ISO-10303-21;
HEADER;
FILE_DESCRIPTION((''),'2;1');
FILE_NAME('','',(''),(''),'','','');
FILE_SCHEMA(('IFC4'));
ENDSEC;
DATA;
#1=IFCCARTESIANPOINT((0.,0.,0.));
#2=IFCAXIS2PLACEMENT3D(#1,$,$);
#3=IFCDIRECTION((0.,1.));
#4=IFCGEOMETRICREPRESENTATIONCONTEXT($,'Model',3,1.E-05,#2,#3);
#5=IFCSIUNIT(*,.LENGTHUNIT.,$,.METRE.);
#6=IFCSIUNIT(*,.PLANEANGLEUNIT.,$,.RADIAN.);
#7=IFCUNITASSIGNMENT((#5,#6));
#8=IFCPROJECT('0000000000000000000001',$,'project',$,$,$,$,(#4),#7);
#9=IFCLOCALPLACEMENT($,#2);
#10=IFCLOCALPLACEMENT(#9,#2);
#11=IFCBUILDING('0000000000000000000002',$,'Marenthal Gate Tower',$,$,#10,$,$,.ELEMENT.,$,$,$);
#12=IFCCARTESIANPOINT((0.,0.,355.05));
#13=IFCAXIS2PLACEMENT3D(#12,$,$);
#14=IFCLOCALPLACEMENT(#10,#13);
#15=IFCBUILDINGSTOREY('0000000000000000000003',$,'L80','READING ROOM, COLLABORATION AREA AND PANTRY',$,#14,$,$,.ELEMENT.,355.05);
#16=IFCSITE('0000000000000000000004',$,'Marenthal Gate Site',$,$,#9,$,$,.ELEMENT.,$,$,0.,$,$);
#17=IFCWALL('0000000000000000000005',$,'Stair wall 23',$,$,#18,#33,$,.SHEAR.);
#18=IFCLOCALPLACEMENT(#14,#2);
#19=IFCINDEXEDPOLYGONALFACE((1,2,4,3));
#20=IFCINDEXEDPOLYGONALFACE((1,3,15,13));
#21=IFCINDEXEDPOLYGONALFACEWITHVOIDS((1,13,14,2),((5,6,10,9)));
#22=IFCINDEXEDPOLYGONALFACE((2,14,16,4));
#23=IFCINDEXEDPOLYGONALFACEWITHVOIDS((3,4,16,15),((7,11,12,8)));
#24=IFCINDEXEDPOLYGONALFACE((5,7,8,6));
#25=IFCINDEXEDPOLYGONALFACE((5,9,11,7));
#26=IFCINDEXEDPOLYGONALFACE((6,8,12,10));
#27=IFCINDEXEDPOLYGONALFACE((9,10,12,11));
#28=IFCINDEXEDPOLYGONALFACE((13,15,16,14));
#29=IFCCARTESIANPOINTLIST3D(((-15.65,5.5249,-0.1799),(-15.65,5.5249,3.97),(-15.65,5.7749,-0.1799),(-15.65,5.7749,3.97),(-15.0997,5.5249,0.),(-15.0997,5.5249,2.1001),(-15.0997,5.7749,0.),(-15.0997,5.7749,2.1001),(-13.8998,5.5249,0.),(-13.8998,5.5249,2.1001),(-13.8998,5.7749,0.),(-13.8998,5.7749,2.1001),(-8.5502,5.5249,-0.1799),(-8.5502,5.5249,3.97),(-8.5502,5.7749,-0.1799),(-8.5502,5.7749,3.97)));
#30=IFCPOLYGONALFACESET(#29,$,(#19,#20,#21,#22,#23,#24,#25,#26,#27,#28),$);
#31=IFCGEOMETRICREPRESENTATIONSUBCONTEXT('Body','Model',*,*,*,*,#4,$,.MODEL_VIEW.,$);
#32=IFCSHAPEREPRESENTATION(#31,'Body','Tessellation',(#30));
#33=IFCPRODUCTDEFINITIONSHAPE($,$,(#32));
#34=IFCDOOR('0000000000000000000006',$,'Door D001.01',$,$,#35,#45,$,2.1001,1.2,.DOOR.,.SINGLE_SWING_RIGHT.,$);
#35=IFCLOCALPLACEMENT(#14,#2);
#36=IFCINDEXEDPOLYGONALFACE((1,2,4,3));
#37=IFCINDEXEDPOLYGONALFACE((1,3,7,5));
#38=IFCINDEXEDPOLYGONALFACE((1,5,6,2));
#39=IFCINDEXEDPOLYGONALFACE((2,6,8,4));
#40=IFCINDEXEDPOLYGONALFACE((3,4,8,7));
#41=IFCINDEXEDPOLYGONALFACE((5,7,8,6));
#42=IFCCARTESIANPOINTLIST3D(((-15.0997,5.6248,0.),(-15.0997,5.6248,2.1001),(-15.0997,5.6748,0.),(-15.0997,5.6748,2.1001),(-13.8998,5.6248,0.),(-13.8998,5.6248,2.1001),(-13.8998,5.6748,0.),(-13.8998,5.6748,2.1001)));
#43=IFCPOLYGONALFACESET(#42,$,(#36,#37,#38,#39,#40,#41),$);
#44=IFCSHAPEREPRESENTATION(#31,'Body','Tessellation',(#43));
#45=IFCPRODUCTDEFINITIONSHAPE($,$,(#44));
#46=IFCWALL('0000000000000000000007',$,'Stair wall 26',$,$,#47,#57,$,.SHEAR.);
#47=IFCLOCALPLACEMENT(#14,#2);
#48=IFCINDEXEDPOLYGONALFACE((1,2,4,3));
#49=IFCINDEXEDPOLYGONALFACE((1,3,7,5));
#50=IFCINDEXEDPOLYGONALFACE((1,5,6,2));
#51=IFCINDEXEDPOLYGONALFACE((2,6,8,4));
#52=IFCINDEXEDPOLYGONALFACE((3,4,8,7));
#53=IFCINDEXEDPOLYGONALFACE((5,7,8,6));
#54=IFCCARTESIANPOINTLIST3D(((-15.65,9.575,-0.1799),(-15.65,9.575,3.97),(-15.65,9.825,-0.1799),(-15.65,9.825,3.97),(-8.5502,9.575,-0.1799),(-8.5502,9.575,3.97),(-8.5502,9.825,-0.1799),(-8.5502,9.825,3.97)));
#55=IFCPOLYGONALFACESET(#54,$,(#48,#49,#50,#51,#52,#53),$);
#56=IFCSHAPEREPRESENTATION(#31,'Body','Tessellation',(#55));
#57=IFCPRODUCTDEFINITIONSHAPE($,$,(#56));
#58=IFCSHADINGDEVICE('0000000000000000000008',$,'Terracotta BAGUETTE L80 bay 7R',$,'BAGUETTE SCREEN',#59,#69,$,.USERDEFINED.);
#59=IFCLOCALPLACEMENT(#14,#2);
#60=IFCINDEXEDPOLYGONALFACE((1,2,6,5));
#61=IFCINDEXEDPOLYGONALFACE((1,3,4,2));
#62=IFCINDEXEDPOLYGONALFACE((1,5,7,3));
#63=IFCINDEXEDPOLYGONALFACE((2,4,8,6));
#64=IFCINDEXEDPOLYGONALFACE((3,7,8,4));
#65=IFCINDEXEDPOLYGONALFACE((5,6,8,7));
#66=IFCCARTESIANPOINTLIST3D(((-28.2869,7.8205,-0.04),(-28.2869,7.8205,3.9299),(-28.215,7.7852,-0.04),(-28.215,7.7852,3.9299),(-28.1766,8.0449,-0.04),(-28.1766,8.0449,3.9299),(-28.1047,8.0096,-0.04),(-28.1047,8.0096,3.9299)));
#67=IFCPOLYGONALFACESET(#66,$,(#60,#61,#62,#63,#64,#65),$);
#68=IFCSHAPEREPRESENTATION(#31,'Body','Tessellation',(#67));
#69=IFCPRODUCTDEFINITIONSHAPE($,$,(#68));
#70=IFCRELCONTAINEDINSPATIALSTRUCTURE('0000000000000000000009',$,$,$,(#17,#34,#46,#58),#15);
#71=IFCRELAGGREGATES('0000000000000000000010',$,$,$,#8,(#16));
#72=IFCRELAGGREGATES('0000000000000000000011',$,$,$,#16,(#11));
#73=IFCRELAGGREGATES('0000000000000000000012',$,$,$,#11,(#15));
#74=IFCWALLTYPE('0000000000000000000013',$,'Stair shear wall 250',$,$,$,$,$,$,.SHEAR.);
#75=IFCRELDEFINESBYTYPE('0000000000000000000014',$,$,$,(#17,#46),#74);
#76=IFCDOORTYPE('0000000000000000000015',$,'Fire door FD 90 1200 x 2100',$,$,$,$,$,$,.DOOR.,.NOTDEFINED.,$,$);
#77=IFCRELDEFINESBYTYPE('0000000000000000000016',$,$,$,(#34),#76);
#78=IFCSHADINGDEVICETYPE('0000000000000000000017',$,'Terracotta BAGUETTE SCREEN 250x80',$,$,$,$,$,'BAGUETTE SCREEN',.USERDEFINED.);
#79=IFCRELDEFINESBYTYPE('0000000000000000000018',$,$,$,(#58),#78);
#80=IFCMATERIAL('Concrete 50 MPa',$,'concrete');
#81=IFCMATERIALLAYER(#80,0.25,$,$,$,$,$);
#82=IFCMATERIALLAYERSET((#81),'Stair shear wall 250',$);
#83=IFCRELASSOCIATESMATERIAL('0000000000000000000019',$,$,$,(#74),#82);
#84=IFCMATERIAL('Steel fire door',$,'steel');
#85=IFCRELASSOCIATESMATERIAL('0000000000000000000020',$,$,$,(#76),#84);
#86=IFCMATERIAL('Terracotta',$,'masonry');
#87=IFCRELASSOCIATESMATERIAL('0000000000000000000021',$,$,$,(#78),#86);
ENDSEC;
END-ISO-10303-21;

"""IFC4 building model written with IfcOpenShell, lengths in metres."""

from ifc_helpers import new_model, si_unit, direction, frame, frame_2d, origin, origin_2d, place, context, subcontext, project, spatial, rectangle, extrude, material, layer, layer_set, material_profile, profile_set, type_object, element, fill, save


model = new_model("IFC4")

# Units and contexts
model_context = context("Model", 3, precision=1e-05, world=origin(), true_north=direction((0.0, 1.0)))
body_context = subcontext(model_context, "Body", "Model", "MODEL_VIEW")
ifc_project = project(units=[si_unit("LENGTHUNIT", "METRE"), si_unit("PLANEANGLEUNIT", "RADIAN")], contexts=[model_context])

# Site, building, storey
site_placement = place(None, origin())
site = spatial("IfcSite", under=ifc_project, at=site_placement, Name="Marenthal Gate Site", CompositionType="ELEMENT", RefElevation=0.0)
building_placement = place(site_placement, origin())
building = spatial("IfcBuilding", under=site, at=building_placement, Name="Marenthal Gate Tower", CompositionType="ELEMENT")
storey_placement = place(building_placement, frame((0.0, 0.0, 355.05)))
storey = spatial("IfcBuildingStorey", under=building, at=storey_placement, Name="L80", Description="READING ROOM, COLLABORATION AREA AND PANTRY", CompositionType="ELEMENT", Elevation=355.05)

# Wall, opening, door
ifc_material_1 = material(Name="Concrete 50 MPa", Category="concrete")
ifc_layer_1 = layer(ifc_material_1, 0.25)
ifc_layer_set_1 = layer_set([ifc_layer_1], Name="Stair shear wall 250")
wall_type_1 = type_object("IfcWallType", Name="Stair shear wall 250", PredefinedType="SHEAR", material=ifc_layer_set_1)
wall_1_placement = place(storey_placement, frame((-15.6499, 5.6499, -0.1799), z_axis=(0.0, 0.0, 1.0), x_axis=(1.0, 0.0, 0.0)))
wall_1 = element("IfcWall", 1, at=wall_1_placement, inside=storey, type_object=wall_type_1, Name="Stair wall 23", PredefinedType="SHEAR", context=body_context, shape_type="SweptSolid", body=[
    extrude(rectangle(XDim=7.0999, YDim=0.25, at=frame_2d((3.5498, 0.0))), origin(), (0.0, 0.0, 1.0), 4.1499),
])
opening_placement = place(wall_1_placement, frame((0.55, 0.0, 0.1799)))
opening = element("IfcOpeningElement", 2, at=opening_placement, cuts=wall_1, PredefinedType="OPENING", context=body_context, shape_type="SweptSolid", body=[
    extrude(rectangle(XDim=1.2, YDim=2.1001, at=frame_2d((0.6001, 1.05))), frame((0.0, 0.135, 0.0), z_axis=(0.0, -1.0, 0.0), x_axis=(1.0, 0.0, 0.0)), (0.0, 0.0, 1.0), 0.27),
])
ifc_material_2 = material(Name="Steel fire door", Category="steel")
door_type = type_object("IfcDoorType", Name="Fire door FD 90 1200 x 2100", OperationType="NOTDEFINED", PredefinedType="DOOR", material=ifc_material_2)
door_placement = place(opening_placement, origin())
door = element("IfcDoor", 3, at=door_placement, inside=storey, type_object=door_type, Name="Door D001.01", OperationType="SINGLE_SWING_RIGHT", OverallHeight=2.1001, OverallWidth=1.2, PredefinedType="DOOR", context=body_context, shape_type="SweptSolid", body=[
    extrude(rectangle(XDim=1.2, YDim=2.1001, at=frame_2d((0.6001, 1.05))), frame((0.0, 0.0249, 0.0), z_axis=(0.0, -1.0, 0.0), x_axis=(1.0, 0.0, 0.0)), (0.0, 0.0, 1.0), 0.05),
])
fill(opening, door)

# Wall
wall_2_placement = place(storey_placement, frame((-15.6499, 9.7, -0.1799), z_axis=(0.0, 0.0, 1.0), x_axis=(1.0, 0.0, 0.0)))
element("IfcWall", 4, at=wall_2_placement, inside=storey, type_object=wall_type_1, Name="Stair wall 26", PredefinedType="SHEAR", context=body_context, shape_type="SweptSolid", body=[
    extrude(rectangle(XDim=7.0999, YDim=0.25, at=frame_2d((3.5498, 0.0))), origin(), (0.0, 0.0, 1.0), 4.1499),
])

# Shading device
ifc_material_3 = material(Name="Terracotta", Category="masonry")
ifc_material_profile_1 = material_profile(ifc_material_3, rectangle(XDim=0.25, YDim=0.0801, at=origin_2d()), Name="Terracotta baguette 250x80")
ifc_profile_set_1 = profile_set([ifc_material_profile_1], Name="Terracotta")
shading_device_type = type_object("IfcShadingDeviceType", Name="Terracotta BAGUETTE SCREEN 250x80", ElementType="BAGUETTE SCREEN", PredefinedType="USERDEFINED", material=ifc_profile_set_1)
shading_device_placement = place(storey_placement, frame((-28.1958, 7.915, -0.04), z_axis=(0.0, 0.0, 1.0), x_axis=(-0.441181, -0.897418, 0.0)))
element("IfcShadingDevice", 5, at=shading_device_placement, inside=storey, type_object=shading_device_type, Name="Terracotta BAGUETTE L80 bay 7R", ObjectType="BAGUETTE SCREEN", PredefinedType="USERDEFINED", context=body_context, shape_type="SweptSolid", body=[
    extrude(rectangle(XDim=0.25, YDim=0.0801, at=origin_2d()), origin(), (0.0, 0.0, 1.0), 3.97),
])

save(model, "model.ifc")
